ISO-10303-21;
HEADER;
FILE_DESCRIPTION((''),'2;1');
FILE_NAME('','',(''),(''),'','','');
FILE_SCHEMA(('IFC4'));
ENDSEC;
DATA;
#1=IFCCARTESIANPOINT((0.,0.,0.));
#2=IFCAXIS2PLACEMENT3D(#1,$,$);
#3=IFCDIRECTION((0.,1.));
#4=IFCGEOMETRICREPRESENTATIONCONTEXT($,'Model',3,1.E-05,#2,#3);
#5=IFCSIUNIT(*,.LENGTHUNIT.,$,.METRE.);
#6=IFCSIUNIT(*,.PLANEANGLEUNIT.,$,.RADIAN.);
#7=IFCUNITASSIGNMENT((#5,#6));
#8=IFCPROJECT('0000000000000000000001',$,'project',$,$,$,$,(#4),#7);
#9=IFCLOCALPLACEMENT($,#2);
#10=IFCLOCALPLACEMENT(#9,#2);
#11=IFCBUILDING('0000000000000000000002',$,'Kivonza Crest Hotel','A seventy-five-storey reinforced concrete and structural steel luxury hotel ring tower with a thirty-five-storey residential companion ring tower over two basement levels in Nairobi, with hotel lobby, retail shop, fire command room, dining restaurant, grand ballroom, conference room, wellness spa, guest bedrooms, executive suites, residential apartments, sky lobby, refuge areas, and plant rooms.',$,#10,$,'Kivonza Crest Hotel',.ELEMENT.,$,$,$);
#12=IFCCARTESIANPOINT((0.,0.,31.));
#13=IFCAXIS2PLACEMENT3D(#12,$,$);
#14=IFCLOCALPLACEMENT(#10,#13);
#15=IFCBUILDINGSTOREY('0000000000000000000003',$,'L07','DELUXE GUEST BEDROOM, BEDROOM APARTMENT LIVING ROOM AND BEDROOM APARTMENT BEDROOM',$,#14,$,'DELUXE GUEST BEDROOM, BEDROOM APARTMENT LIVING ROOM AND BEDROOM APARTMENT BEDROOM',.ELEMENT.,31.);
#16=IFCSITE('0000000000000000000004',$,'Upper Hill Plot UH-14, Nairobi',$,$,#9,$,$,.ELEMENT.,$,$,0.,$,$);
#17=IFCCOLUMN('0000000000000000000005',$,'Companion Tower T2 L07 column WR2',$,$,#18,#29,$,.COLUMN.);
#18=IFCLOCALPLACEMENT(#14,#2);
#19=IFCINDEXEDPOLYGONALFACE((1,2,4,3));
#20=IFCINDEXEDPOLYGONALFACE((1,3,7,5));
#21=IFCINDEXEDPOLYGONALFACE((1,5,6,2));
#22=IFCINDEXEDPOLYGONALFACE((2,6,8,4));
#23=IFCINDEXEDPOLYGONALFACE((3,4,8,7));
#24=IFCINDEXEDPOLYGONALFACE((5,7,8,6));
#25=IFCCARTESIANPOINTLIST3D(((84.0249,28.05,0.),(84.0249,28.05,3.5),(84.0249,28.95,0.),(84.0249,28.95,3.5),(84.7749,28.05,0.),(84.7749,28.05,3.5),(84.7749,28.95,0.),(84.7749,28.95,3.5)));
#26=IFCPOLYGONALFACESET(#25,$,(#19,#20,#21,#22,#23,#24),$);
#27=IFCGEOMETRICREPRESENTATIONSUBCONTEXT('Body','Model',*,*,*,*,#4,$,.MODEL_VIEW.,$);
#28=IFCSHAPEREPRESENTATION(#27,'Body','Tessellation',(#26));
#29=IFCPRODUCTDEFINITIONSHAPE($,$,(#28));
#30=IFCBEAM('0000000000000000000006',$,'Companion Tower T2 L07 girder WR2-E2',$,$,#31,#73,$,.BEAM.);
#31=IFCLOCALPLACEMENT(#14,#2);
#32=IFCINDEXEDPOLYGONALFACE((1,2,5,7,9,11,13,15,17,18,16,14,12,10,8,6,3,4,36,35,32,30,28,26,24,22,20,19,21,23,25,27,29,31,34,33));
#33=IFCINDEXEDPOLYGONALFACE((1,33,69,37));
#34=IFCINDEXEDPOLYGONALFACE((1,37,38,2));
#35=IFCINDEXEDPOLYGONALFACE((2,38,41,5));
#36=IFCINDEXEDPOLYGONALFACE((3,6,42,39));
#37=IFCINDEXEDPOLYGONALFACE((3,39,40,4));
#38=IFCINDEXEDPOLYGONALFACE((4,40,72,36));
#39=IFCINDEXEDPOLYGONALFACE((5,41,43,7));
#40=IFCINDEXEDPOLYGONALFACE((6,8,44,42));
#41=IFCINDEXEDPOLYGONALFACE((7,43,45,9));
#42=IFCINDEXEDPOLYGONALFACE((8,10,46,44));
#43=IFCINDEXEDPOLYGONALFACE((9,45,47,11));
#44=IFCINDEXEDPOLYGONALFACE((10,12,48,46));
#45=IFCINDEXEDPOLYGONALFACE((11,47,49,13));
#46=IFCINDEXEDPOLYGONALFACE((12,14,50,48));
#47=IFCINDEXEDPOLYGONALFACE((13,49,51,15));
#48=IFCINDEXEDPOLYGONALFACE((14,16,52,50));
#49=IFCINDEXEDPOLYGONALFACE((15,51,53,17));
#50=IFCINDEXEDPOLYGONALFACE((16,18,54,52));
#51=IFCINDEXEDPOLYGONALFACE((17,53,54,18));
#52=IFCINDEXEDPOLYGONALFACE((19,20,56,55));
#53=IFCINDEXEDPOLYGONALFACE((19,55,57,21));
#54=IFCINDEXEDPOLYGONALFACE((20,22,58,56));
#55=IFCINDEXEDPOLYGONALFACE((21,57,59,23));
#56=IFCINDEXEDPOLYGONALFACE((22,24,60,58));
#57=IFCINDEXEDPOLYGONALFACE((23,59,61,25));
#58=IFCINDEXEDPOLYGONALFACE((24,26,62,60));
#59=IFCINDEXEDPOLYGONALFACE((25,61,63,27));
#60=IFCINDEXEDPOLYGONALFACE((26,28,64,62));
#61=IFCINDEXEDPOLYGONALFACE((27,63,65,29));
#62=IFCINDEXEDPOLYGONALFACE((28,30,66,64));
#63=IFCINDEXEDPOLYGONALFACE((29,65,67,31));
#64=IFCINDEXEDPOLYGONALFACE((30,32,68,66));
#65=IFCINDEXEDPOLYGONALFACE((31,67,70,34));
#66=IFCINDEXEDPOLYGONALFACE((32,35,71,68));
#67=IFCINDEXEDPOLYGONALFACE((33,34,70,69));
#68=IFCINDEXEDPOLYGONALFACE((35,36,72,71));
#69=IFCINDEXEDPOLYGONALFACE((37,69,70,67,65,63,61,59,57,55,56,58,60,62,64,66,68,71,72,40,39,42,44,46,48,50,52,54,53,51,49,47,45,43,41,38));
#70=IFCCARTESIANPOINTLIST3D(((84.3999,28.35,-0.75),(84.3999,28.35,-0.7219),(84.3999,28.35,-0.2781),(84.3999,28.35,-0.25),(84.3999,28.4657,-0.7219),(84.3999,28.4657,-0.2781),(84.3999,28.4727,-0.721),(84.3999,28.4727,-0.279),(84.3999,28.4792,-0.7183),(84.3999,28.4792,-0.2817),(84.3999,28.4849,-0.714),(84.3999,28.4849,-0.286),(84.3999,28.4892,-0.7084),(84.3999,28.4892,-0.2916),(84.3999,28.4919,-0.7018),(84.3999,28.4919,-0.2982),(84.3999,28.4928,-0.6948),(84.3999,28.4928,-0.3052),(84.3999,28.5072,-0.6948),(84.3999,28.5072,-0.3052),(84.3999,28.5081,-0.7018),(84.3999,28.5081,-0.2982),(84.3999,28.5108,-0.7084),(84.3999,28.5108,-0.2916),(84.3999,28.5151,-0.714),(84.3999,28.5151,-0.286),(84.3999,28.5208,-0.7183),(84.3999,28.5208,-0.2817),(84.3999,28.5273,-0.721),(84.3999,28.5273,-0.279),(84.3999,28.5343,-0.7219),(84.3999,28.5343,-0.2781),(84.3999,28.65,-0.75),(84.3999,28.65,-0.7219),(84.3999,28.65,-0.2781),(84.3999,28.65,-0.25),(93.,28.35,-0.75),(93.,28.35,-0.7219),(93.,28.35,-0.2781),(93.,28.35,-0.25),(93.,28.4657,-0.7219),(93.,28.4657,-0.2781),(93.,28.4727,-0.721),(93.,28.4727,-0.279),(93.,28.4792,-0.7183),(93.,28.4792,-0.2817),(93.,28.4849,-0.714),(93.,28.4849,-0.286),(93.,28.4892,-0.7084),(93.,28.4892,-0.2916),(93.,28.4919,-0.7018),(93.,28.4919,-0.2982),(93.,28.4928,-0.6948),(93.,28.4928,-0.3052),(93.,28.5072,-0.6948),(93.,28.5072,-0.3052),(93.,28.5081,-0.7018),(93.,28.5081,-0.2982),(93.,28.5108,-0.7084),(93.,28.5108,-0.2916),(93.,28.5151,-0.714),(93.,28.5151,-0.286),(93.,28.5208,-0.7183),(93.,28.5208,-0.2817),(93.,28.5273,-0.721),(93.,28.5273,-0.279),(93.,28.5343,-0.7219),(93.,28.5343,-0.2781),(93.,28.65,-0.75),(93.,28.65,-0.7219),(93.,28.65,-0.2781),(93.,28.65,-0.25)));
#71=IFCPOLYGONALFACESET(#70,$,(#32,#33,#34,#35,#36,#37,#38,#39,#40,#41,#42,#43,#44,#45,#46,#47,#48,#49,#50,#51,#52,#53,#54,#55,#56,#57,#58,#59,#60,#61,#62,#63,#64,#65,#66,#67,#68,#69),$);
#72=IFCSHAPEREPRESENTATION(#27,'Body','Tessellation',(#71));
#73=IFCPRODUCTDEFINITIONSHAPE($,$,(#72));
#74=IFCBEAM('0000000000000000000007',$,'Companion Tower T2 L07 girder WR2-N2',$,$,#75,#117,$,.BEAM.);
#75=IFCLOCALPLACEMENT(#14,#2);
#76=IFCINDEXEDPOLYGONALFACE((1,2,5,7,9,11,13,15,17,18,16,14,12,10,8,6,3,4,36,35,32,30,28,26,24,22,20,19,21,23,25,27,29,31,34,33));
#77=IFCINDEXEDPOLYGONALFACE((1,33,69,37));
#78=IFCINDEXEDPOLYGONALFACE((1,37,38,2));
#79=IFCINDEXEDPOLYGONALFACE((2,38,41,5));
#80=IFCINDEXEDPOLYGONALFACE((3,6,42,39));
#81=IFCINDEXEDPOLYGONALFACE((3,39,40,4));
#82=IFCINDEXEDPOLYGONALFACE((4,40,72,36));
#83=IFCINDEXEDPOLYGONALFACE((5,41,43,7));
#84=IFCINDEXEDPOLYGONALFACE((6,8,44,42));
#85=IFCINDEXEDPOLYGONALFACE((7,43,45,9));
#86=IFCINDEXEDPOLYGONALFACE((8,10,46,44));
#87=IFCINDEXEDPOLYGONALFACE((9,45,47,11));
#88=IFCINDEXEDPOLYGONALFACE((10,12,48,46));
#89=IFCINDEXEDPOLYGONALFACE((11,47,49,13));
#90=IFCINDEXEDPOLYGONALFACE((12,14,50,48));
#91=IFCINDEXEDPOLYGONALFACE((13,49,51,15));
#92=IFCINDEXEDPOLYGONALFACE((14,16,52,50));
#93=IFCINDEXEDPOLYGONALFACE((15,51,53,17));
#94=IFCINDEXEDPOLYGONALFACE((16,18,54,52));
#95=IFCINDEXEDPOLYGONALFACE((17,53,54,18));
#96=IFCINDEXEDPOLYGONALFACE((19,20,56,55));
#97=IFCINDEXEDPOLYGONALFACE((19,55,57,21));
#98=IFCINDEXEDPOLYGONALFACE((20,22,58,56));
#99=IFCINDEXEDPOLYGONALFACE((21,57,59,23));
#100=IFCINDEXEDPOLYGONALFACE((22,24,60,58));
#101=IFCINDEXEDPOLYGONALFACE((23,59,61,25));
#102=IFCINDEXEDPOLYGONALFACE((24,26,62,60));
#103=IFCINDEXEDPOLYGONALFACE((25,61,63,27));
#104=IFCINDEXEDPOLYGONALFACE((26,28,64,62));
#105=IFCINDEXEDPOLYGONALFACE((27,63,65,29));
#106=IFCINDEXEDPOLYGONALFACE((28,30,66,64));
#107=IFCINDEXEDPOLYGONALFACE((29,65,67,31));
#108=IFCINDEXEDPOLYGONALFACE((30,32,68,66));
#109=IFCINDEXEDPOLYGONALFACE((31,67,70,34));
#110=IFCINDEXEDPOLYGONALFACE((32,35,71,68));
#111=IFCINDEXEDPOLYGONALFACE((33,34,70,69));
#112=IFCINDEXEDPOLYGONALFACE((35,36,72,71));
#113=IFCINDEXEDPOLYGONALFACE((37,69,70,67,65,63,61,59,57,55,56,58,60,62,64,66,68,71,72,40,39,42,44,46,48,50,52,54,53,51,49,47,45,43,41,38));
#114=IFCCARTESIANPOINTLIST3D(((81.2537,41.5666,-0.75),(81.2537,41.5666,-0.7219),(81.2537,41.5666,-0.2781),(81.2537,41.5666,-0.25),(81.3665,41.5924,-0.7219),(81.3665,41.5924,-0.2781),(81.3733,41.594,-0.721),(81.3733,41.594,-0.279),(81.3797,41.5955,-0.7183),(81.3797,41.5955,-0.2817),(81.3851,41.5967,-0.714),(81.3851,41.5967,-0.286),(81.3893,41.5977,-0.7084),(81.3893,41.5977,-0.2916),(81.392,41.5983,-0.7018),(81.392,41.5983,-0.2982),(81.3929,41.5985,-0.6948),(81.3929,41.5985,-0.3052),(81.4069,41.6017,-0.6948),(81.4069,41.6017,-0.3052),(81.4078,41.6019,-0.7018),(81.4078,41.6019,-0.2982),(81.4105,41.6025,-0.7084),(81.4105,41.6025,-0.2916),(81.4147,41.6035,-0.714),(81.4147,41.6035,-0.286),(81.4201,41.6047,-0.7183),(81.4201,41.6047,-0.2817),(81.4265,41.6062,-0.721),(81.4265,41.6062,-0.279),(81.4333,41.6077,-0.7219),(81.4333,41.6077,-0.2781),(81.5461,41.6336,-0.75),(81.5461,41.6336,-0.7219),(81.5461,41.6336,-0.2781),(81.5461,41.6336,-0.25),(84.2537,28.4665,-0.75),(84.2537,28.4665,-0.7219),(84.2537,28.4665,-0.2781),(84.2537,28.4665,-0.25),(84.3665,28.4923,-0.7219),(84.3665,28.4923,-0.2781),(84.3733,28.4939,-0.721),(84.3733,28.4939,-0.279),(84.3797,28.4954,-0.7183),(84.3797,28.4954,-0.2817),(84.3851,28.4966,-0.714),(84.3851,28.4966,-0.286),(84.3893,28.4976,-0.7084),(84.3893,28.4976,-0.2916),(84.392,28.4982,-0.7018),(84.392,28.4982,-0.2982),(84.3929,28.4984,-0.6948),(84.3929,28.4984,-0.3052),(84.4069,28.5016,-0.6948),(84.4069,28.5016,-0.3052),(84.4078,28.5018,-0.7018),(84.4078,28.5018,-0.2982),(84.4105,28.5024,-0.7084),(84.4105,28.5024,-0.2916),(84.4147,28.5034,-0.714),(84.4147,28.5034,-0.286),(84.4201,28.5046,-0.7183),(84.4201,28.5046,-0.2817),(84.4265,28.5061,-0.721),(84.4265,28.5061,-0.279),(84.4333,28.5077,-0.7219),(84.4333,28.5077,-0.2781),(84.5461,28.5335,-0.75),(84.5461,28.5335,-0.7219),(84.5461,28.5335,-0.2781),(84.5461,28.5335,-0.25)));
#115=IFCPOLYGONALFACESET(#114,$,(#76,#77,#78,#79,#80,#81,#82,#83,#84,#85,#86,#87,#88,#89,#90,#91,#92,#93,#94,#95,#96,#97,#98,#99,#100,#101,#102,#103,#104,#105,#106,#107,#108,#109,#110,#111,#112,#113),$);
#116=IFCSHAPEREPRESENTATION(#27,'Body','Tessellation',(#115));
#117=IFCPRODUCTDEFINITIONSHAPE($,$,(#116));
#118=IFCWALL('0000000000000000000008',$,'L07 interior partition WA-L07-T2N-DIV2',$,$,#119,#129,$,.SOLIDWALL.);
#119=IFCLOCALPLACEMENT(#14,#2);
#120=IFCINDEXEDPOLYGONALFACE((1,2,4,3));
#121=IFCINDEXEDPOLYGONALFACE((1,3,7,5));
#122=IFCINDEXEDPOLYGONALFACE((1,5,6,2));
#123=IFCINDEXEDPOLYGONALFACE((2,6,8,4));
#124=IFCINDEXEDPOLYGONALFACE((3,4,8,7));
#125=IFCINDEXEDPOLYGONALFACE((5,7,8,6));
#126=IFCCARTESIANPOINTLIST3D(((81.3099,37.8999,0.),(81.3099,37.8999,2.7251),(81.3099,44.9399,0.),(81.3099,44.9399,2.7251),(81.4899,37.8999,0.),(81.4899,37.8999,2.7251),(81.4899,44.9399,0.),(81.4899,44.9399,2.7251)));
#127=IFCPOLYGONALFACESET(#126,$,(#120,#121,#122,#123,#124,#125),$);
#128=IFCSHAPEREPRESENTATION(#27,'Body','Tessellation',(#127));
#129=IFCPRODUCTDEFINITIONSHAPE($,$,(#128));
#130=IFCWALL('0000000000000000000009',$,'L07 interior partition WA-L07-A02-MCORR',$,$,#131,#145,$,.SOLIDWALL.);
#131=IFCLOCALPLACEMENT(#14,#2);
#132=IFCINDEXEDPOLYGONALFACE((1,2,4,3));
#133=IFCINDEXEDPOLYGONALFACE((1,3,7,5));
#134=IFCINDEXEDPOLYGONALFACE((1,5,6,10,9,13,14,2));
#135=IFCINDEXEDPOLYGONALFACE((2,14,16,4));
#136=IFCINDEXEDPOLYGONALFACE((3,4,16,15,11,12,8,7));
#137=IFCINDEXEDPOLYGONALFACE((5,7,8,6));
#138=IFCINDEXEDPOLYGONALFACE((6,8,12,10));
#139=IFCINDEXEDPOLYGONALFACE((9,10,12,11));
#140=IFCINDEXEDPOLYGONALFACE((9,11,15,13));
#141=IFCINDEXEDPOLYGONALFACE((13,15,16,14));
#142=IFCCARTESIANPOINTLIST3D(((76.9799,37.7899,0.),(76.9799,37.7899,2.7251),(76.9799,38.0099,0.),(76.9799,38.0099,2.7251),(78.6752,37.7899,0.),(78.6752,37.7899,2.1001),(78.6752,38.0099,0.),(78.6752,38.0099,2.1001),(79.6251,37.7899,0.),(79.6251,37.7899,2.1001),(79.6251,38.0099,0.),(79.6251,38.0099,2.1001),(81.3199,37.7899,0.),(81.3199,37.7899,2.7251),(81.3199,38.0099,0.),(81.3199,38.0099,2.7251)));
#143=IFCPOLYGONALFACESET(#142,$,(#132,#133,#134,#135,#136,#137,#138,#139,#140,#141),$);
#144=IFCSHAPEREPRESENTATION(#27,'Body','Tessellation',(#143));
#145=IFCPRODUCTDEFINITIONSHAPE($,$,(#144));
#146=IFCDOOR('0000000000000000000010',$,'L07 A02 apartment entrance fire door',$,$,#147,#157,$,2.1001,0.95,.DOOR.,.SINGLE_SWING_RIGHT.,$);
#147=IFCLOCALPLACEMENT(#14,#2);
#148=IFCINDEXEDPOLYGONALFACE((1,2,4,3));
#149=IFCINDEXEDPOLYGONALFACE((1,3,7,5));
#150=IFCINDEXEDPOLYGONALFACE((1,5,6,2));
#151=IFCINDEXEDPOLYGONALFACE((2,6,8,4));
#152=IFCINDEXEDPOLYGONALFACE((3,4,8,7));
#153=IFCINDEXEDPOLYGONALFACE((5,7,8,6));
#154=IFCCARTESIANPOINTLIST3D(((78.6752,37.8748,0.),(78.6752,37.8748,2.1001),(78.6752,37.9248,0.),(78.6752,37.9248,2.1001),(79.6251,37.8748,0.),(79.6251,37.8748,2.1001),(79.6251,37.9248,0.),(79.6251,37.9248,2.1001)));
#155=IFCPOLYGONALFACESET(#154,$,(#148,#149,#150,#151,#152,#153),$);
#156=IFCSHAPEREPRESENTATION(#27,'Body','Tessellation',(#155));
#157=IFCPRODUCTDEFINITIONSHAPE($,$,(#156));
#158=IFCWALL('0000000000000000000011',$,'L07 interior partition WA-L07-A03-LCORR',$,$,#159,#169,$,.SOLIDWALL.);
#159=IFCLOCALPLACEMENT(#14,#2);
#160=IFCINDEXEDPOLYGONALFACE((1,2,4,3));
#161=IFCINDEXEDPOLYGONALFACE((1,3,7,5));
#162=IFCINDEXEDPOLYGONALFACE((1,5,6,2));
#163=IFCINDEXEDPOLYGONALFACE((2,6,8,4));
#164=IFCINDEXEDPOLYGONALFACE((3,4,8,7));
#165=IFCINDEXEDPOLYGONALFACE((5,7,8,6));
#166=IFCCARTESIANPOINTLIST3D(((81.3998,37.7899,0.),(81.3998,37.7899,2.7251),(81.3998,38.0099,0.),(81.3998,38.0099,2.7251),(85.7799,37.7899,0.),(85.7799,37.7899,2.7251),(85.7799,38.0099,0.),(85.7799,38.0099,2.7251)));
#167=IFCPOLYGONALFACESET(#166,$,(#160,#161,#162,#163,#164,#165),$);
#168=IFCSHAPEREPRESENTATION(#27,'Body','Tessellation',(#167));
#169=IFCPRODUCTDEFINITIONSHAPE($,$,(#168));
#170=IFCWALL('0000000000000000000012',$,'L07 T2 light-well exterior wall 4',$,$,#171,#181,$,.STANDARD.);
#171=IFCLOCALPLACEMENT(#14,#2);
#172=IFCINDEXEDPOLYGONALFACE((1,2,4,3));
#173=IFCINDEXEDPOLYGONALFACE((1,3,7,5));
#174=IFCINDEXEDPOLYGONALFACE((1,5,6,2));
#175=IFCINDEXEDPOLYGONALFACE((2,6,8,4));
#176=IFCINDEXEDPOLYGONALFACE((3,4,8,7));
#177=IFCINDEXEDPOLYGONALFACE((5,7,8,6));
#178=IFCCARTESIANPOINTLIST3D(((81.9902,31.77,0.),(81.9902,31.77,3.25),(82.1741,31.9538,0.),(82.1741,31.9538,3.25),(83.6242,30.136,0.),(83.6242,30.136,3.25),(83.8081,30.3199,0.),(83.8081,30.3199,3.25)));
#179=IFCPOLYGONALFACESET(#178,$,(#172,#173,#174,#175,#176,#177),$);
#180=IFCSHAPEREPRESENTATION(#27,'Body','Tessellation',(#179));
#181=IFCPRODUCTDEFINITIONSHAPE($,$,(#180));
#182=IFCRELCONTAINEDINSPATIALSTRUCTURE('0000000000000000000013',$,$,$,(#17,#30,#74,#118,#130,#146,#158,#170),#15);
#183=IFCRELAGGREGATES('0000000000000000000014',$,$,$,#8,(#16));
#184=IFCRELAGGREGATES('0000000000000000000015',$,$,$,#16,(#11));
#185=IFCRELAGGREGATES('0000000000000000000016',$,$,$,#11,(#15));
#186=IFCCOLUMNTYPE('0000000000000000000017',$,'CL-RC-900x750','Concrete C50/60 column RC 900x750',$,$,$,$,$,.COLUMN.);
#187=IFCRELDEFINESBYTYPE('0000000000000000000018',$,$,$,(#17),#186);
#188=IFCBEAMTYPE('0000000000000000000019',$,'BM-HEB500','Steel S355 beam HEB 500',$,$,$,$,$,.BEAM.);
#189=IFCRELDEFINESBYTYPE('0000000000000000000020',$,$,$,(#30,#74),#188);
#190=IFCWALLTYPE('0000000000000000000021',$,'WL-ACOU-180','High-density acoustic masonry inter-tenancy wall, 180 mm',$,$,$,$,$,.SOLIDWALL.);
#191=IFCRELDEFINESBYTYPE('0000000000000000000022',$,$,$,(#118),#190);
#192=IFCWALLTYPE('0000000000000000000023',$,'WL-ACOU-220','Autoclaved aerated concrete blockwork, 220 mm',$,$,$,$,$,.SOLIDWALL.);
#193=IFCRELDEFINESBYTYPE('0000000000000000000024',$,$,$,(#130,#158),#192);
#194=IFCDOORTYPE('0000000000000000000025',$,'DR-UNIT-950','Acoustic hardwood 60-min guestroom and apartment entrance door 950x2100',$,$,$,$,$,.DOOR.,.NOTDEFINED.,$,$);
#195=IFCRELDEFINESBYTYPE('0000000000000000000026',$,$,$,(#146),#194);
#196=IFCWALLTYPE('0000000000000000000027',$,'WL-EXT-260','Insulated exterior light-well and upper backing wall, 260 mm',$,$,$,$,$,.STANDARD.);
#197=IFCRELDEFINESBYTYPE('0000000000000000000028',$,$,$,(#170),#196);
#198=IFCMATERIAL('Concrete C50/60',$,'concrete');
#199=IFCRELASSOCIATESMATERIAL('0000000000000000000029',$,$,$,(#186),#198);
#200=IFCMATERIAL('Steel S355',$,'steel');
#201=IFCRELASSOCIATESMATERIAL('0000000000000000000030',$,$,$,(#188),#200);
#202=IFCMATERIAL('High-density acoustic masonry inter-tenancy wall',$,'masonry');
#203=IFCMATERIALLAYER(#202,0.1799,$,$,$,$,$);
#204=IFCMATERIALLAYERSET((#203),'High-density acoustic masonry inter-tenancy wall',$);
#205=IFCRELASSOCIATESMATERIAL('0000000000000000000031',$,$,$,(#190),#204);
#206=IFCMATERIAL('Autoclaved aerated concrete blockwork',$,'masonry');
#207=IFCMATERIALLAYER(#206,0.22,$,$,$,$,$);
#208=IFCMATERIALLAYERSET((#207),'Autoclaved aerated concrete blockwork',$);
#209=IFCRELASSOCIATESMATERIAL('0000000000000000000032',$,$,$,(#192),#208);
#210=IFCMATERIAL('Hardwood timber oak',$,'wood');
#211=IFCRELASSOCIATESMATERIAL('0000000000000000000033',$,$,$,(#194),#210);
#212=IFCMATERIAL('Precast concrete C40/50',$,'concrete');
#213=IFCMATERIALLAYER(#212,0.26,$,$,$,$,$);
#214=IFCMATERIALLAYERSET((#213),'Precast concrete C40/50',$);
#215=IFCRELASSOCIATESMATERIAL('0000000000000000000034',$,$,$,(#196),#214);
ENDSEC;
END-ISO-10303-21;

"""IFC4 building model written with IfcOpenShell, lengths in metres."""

from ifc_helpers import new_model, si_unit, direction, frame, frame_2d, origin, origin_2d, place, context, subcontext, project, spatial, rectangle, i_section, extrude, material, layer, layer_set, material_profile, profile_set, type_object, element, fill, save


model = new_model("IFC4")

# Units and contexts
model_context = context("Model", 3, precision=1e-05, world=origin(), true_north=direction((0.0, 1.0)))
body_context = subcontext(model_context, "Body", "Model", "MODEL_VIEW")
ifc_project = project(units=[si_unit("LENGTHUNIT", "METRE"), si_unit("PLANEANGLEUNIT", "RADIAN")], contexts=[model_context])

# Site, building, storey
site_placement = place(None, origin())
site = spatial("IfcSite", under=ifc_project, at=site_placement, Name="Upper Hill Plot UH-14, Nairobi", CompositionType="ELEMENT", RefElevation=0.0)
building_placement = place(site_placement, origin())
building = spatial("IfcBuilding", under=site, at=building_placement, Name="Kivonza Crest Hotel", Description="A seventy-five-storey reinforced concrete and structural steel luxury hotel ring tower with a thirty-five-storey residential companion ring tower over two basement levels in Nairobi, with hotel lobby, retail shop, fire command room, dining restaurant, grand ballroom, conference room, wellness spa, guest bedrooms, executive suites, residential apartments, sky lobby, refuge areas, and plant rooms.", LongName="Kivonza Crest Hotel", CompositionType="ELEMENT")
storey_placement = place(building_placement, frame((0.0, 0.0, 31.0)))
storey = spatial("IfcBuildingStorey", under=building, at=storey_placement, Name="L07", Description="DELUXE GUEST BEDROOM, BEDROOM APARTMENT LIVING ROOM AND BEDROOM APARTMENT BEDROOM", LongName="DELUXE GUEST BEDROOM, BEDROOM APARTMENT LIVING ROOM AND BEDROOM APARTMENT BEDROOM", CompositionType="ELEMENT", Elevation=31.0)

# Column
ifc_material_1 = material(Name="Concrete C50/60", Category="concrete")
ifc_material_profile_1 = material_profile(ifc_material_1, rectangle(XDim=0.75, YDim=0.8999, at=origin_2d()), Name="RC 900x750")
ifc_profile_set_1 = profile_set([ifc_material_profile_1], Name="Concrete C50/60")
column_type = type_object("IfcColumnType", Name="CL-RC-900x750", Description="Concrete C50/60 column RC 900x750", PredefinedType="COLUMN", material=ifc_profile_set_1)
column_placement = place(storey_placement, frame((84.3999, 28.5, 0.0), z_axis=(0.0, 0.0, 1.0), x_axis=(1.0, 0.0, 0.0)))
element("IfcColumn", 1, at=column_placement, inside=storey, type_object=column_type, Name="Companion Tower T2 L07 column WR2", PredefinedType="COLUMN", context=body_context, shape_type="SweptSolid", body=[
    extrude(rectangle(XDim=0.75, YDim=0.8999, at=origin_2d()), origin(), (0.0, 0.0, 1.0), 3.5),
])

# Beams
ifc_material_2 = material(Name="Steel S355", Category="steel")
ifc_material_profile_2 = material_profile(ifc_material_2, i_section(OverallWidth=0.3, OverallDepth=0.5, WebThickness=0.0144, FlangeThickness=0.0281, FilletRadius=0.0271, at=origin_2d()), Name="HEB 500")
ifc_profile_set_2 = profile_set([ifc_material_profile_2], Name="Steel S355")
beam_type = type_object("IfcBeamType", Name="BM-HEB500", Description="Steel S355 beam HEB 500", PredefinedType="BEAM", material=ifc_profile_set_2)
beam_1_placement = place(storey_placement, frame((84.3999, 28.5, -0.5), z_axis=(1.0, 0.0, 0.0), x_axis=(0.0, 1.0, 0.0)))
element("IfcBeam", 2, at=beam_1_placement, inside=storey, type_object=beam_type, Name="Companion Tower T2 L07 girder WR2-E2", PredefinedType="BEAM", context=body_context, shape_type="SweptSolid", body=[
    extrude(i_section(OverallWidth=0.3, OverallDepth=0.5, WebThickness=0.0144, FlangeThickness=0.0281, FilletRadius=0.0271, at=origin_2d()), origin(), (0.0, 0.0, 1.0), 8.6001),
])
beam_2_placement = place(storey_placement, frame((84.3999, 28.5, -0.5), z_axis=(-0.223227, 0.974766, 0.0), x_axis=(-0.974766, -0.223227, 0.0)))
element("IfcBeam", 3, at=beam_2_placement, inside=storey, type_object=beam_type, Name="Companion Tower T2 L07 girder WR2-N2", PredefinedType="BEAM", context=body_context, shape_type="SweptSolid", body=[
    extrude(i_section(OverallWidth=0.3, OverallDepth=0.5, WebThickness=0.0144, FlangeThickness=0.0281, FilletRadius=0.0271, at=origin_2d()), origin(), (0.0, 0.0, 1.0), 13.4392),
])

# Wall
ifc_material_3 = material(Name="High-density acoustic masonry inter-tenancy wall", Category="masonry")
ifc_layer_1 = layer(ifc_material_3, 0.1799)
ifc_layer_set_1 = layer_set([ifc_layer_1], Name="High-density acoustic masonry inter-tenancy wall")
wall_type_1 = type_object("IfcWallType", Name="WL-ACOU-180", Description="High-density acoustic masonry inter-tenancy wall, 180 mm", PredefinedType="SOLIDWALL", material=ifc_layer_set_1)
wall_1_placement = place(storey_placement, frame((81.3999, 37.8999, 0.0), z_axis=(0.0, 0.0, 1.0), x_axis=(0.0, 1.0, 0.0)))
element("IfcWall", 4, at=wall_1_placement, inside=storey, type_object=wall_type_1, Name="L07 interior partition WA-L07-T2N-DIV2", PredefinedType="SOLIDWALL", context=body_context, shape_type="SweptSolid", body=[
    extrude(rectangle(XDim=7.04, YDim=0.1799, at=frame_2d((3.52, 0.0))), origin(), (0.0, 0.0, 1.0), 2.7251),
])

# Wall, opening, door
ifc_material_4 = material(Name="Autoclaved aerated concrete blockwork", Category="masonry")
ifc_layer_2 = layer(ifc_material_4, 0.22)
ifc_layer_set_2 = layer_set([ifc_layer_2], Name="Autoclaved aerated concrete blockwork")
wall_type_2 = type_object("IfcWallType", Name="WL-ACOU-220", Description="Autoclaved aerated concrete blockwork, 220 mm", PredefinedType="SOLIDWALL", material=ifc_layer_set_2)
wall_2_placement = place(storey_placement, frame((76.98, 37.8999, 0.0), z_axis=(0.0, 0.0, 1.0), x_axis=(1.0, 0.0, 0.0)))
wall_2 = element("IfcWall", 5, at=wall_2_placement, inside=storey, type_object=wall_type_2, Name="L07 interior partition WA-L07-A02-MCORR", PredefinedType="SOLIDWALL", context=body_context, shape_type="SweptSolid", body=[
    extrude(rectangle(XDim=4.3401, YDim=0.22, at=frame_2d((2.1699, 0.0))), origin(), (0.0, 0.0, 1.0), 2.7251),
])
opening_1_placement = place(wall_2_placement, frame((1.6951, 0.0, 0.0)))
opening_1 = element("IfcOpeningElement", 6, at=opening_1_placement, cuts=wall_2, PredefinedType="OPENING", context=body_context, shape_type="SweptSolid", body=[
    extrude(rectangle(XDim=0.95, YDim=2.1001, at=frame_2d((0.4751, 1.05))), frame((0.0, 0.1201, 0.0), z_axis=(0.0, -1.0, 0.0), x_axis=(1.0, 0.0, 0.0)), (0.0, 0.0, 1.0), 0.24),
])
ifc_material_5 = material(Name="Hardwood timber oak", Category="wood")
door_type_1 = type_object("IfcDoorType", Name="DR-UNIT-950", Description="Acoustic hardwood 60-min guestroom and apartment entrance door 950x2100", OperationType="NOTDEFINED", PredefinedType="DOOR", material=ifc_material_5)
door_1_placement = place(opening_1_placement, origin())
door_1 = element("IfcDoor", 7, at=door_1_placement, inside=storey, type_object=door_type_1, Name="L07 A02 apartment entrance fire door", OperationType="SINGLE_SWING_RIGHT", OverallHeight=2.1001, OverallWidth=0.95, PredefinedType="DOOR", context=body_context, shape_type="SweptSolid", body=[
    extrude(rectangle(XDim=0.95, YDim=2.1001, at=frame_2d((0.4751, 1.05))), frame((0.0, 0.0249, 0.0), z_axis=(0.0, -1.0, 0.0), x_axis=(1.0, 0.0, 0.0)), (0.0, 0.0, 1.0), 0.05),
])
fill(opening_1, door_1)

# Walls
wall_3_placement = place(storey_placement, frame((81.3999, 37.8999, 0.0), z_axis=(0.0, 0.0, 1.0), x_axis=(1.0, 0.0, 0.0)))
element("IfcWall", 8, at=wall_3_placement, inside=storey, type_object=wall_type_2, Name="L07 interior partition WA-L07-A03-LCORR", PredefinedType="SOLIDWALL", context=body_context, shape_type="SweptSolid", body=[
    extrude(rectangle(XDim=4.3801, YDim=0.22, at=frame_2d((2.1899, 0.0))), origin(), (0.0, 0.0, 1.0), 2.7251),
])
ifc_material_6 = material(Name="Precast concrete C40/50", Category="concrete")
ifc_layer_3 = layer(ifc_material_6, 0.26)
ifc_layer_set_3 = layer_set([ifc_layer_3], Name="Precast concrete C40/50")
wall_type_3 = type_object("IfcWallType", Name="WL-EXT-260", Description="Insulated exterior light-well and upper backing wall, 260 mm", PredefinedType="STANDARD", material=ifc_layer_set_3)
wall_4_placement = place(storey_placement, frame((83.7161, 30.228, 0.0), z_axis=(0.0, 0.0, 1.0), x_axis=(-0.707107, 0.707107, 0.0)))
element("IfcWall", 9, at=wall_4_placement, inside=storey, type_object=wall_type_3, Name="L07 T2 light-well exterior wall 4", PredefinedType="STANDARD", context=body_context, shape_type="SweptSolid", body=[
    extrude(rectangle(XDim=2.3108, YDim=0.26, at=frame_2d((1.1553, 0.0))), origin(), (0.0, 0.0, 1.0), 3.25),
])

save(model, "model.ifc")
